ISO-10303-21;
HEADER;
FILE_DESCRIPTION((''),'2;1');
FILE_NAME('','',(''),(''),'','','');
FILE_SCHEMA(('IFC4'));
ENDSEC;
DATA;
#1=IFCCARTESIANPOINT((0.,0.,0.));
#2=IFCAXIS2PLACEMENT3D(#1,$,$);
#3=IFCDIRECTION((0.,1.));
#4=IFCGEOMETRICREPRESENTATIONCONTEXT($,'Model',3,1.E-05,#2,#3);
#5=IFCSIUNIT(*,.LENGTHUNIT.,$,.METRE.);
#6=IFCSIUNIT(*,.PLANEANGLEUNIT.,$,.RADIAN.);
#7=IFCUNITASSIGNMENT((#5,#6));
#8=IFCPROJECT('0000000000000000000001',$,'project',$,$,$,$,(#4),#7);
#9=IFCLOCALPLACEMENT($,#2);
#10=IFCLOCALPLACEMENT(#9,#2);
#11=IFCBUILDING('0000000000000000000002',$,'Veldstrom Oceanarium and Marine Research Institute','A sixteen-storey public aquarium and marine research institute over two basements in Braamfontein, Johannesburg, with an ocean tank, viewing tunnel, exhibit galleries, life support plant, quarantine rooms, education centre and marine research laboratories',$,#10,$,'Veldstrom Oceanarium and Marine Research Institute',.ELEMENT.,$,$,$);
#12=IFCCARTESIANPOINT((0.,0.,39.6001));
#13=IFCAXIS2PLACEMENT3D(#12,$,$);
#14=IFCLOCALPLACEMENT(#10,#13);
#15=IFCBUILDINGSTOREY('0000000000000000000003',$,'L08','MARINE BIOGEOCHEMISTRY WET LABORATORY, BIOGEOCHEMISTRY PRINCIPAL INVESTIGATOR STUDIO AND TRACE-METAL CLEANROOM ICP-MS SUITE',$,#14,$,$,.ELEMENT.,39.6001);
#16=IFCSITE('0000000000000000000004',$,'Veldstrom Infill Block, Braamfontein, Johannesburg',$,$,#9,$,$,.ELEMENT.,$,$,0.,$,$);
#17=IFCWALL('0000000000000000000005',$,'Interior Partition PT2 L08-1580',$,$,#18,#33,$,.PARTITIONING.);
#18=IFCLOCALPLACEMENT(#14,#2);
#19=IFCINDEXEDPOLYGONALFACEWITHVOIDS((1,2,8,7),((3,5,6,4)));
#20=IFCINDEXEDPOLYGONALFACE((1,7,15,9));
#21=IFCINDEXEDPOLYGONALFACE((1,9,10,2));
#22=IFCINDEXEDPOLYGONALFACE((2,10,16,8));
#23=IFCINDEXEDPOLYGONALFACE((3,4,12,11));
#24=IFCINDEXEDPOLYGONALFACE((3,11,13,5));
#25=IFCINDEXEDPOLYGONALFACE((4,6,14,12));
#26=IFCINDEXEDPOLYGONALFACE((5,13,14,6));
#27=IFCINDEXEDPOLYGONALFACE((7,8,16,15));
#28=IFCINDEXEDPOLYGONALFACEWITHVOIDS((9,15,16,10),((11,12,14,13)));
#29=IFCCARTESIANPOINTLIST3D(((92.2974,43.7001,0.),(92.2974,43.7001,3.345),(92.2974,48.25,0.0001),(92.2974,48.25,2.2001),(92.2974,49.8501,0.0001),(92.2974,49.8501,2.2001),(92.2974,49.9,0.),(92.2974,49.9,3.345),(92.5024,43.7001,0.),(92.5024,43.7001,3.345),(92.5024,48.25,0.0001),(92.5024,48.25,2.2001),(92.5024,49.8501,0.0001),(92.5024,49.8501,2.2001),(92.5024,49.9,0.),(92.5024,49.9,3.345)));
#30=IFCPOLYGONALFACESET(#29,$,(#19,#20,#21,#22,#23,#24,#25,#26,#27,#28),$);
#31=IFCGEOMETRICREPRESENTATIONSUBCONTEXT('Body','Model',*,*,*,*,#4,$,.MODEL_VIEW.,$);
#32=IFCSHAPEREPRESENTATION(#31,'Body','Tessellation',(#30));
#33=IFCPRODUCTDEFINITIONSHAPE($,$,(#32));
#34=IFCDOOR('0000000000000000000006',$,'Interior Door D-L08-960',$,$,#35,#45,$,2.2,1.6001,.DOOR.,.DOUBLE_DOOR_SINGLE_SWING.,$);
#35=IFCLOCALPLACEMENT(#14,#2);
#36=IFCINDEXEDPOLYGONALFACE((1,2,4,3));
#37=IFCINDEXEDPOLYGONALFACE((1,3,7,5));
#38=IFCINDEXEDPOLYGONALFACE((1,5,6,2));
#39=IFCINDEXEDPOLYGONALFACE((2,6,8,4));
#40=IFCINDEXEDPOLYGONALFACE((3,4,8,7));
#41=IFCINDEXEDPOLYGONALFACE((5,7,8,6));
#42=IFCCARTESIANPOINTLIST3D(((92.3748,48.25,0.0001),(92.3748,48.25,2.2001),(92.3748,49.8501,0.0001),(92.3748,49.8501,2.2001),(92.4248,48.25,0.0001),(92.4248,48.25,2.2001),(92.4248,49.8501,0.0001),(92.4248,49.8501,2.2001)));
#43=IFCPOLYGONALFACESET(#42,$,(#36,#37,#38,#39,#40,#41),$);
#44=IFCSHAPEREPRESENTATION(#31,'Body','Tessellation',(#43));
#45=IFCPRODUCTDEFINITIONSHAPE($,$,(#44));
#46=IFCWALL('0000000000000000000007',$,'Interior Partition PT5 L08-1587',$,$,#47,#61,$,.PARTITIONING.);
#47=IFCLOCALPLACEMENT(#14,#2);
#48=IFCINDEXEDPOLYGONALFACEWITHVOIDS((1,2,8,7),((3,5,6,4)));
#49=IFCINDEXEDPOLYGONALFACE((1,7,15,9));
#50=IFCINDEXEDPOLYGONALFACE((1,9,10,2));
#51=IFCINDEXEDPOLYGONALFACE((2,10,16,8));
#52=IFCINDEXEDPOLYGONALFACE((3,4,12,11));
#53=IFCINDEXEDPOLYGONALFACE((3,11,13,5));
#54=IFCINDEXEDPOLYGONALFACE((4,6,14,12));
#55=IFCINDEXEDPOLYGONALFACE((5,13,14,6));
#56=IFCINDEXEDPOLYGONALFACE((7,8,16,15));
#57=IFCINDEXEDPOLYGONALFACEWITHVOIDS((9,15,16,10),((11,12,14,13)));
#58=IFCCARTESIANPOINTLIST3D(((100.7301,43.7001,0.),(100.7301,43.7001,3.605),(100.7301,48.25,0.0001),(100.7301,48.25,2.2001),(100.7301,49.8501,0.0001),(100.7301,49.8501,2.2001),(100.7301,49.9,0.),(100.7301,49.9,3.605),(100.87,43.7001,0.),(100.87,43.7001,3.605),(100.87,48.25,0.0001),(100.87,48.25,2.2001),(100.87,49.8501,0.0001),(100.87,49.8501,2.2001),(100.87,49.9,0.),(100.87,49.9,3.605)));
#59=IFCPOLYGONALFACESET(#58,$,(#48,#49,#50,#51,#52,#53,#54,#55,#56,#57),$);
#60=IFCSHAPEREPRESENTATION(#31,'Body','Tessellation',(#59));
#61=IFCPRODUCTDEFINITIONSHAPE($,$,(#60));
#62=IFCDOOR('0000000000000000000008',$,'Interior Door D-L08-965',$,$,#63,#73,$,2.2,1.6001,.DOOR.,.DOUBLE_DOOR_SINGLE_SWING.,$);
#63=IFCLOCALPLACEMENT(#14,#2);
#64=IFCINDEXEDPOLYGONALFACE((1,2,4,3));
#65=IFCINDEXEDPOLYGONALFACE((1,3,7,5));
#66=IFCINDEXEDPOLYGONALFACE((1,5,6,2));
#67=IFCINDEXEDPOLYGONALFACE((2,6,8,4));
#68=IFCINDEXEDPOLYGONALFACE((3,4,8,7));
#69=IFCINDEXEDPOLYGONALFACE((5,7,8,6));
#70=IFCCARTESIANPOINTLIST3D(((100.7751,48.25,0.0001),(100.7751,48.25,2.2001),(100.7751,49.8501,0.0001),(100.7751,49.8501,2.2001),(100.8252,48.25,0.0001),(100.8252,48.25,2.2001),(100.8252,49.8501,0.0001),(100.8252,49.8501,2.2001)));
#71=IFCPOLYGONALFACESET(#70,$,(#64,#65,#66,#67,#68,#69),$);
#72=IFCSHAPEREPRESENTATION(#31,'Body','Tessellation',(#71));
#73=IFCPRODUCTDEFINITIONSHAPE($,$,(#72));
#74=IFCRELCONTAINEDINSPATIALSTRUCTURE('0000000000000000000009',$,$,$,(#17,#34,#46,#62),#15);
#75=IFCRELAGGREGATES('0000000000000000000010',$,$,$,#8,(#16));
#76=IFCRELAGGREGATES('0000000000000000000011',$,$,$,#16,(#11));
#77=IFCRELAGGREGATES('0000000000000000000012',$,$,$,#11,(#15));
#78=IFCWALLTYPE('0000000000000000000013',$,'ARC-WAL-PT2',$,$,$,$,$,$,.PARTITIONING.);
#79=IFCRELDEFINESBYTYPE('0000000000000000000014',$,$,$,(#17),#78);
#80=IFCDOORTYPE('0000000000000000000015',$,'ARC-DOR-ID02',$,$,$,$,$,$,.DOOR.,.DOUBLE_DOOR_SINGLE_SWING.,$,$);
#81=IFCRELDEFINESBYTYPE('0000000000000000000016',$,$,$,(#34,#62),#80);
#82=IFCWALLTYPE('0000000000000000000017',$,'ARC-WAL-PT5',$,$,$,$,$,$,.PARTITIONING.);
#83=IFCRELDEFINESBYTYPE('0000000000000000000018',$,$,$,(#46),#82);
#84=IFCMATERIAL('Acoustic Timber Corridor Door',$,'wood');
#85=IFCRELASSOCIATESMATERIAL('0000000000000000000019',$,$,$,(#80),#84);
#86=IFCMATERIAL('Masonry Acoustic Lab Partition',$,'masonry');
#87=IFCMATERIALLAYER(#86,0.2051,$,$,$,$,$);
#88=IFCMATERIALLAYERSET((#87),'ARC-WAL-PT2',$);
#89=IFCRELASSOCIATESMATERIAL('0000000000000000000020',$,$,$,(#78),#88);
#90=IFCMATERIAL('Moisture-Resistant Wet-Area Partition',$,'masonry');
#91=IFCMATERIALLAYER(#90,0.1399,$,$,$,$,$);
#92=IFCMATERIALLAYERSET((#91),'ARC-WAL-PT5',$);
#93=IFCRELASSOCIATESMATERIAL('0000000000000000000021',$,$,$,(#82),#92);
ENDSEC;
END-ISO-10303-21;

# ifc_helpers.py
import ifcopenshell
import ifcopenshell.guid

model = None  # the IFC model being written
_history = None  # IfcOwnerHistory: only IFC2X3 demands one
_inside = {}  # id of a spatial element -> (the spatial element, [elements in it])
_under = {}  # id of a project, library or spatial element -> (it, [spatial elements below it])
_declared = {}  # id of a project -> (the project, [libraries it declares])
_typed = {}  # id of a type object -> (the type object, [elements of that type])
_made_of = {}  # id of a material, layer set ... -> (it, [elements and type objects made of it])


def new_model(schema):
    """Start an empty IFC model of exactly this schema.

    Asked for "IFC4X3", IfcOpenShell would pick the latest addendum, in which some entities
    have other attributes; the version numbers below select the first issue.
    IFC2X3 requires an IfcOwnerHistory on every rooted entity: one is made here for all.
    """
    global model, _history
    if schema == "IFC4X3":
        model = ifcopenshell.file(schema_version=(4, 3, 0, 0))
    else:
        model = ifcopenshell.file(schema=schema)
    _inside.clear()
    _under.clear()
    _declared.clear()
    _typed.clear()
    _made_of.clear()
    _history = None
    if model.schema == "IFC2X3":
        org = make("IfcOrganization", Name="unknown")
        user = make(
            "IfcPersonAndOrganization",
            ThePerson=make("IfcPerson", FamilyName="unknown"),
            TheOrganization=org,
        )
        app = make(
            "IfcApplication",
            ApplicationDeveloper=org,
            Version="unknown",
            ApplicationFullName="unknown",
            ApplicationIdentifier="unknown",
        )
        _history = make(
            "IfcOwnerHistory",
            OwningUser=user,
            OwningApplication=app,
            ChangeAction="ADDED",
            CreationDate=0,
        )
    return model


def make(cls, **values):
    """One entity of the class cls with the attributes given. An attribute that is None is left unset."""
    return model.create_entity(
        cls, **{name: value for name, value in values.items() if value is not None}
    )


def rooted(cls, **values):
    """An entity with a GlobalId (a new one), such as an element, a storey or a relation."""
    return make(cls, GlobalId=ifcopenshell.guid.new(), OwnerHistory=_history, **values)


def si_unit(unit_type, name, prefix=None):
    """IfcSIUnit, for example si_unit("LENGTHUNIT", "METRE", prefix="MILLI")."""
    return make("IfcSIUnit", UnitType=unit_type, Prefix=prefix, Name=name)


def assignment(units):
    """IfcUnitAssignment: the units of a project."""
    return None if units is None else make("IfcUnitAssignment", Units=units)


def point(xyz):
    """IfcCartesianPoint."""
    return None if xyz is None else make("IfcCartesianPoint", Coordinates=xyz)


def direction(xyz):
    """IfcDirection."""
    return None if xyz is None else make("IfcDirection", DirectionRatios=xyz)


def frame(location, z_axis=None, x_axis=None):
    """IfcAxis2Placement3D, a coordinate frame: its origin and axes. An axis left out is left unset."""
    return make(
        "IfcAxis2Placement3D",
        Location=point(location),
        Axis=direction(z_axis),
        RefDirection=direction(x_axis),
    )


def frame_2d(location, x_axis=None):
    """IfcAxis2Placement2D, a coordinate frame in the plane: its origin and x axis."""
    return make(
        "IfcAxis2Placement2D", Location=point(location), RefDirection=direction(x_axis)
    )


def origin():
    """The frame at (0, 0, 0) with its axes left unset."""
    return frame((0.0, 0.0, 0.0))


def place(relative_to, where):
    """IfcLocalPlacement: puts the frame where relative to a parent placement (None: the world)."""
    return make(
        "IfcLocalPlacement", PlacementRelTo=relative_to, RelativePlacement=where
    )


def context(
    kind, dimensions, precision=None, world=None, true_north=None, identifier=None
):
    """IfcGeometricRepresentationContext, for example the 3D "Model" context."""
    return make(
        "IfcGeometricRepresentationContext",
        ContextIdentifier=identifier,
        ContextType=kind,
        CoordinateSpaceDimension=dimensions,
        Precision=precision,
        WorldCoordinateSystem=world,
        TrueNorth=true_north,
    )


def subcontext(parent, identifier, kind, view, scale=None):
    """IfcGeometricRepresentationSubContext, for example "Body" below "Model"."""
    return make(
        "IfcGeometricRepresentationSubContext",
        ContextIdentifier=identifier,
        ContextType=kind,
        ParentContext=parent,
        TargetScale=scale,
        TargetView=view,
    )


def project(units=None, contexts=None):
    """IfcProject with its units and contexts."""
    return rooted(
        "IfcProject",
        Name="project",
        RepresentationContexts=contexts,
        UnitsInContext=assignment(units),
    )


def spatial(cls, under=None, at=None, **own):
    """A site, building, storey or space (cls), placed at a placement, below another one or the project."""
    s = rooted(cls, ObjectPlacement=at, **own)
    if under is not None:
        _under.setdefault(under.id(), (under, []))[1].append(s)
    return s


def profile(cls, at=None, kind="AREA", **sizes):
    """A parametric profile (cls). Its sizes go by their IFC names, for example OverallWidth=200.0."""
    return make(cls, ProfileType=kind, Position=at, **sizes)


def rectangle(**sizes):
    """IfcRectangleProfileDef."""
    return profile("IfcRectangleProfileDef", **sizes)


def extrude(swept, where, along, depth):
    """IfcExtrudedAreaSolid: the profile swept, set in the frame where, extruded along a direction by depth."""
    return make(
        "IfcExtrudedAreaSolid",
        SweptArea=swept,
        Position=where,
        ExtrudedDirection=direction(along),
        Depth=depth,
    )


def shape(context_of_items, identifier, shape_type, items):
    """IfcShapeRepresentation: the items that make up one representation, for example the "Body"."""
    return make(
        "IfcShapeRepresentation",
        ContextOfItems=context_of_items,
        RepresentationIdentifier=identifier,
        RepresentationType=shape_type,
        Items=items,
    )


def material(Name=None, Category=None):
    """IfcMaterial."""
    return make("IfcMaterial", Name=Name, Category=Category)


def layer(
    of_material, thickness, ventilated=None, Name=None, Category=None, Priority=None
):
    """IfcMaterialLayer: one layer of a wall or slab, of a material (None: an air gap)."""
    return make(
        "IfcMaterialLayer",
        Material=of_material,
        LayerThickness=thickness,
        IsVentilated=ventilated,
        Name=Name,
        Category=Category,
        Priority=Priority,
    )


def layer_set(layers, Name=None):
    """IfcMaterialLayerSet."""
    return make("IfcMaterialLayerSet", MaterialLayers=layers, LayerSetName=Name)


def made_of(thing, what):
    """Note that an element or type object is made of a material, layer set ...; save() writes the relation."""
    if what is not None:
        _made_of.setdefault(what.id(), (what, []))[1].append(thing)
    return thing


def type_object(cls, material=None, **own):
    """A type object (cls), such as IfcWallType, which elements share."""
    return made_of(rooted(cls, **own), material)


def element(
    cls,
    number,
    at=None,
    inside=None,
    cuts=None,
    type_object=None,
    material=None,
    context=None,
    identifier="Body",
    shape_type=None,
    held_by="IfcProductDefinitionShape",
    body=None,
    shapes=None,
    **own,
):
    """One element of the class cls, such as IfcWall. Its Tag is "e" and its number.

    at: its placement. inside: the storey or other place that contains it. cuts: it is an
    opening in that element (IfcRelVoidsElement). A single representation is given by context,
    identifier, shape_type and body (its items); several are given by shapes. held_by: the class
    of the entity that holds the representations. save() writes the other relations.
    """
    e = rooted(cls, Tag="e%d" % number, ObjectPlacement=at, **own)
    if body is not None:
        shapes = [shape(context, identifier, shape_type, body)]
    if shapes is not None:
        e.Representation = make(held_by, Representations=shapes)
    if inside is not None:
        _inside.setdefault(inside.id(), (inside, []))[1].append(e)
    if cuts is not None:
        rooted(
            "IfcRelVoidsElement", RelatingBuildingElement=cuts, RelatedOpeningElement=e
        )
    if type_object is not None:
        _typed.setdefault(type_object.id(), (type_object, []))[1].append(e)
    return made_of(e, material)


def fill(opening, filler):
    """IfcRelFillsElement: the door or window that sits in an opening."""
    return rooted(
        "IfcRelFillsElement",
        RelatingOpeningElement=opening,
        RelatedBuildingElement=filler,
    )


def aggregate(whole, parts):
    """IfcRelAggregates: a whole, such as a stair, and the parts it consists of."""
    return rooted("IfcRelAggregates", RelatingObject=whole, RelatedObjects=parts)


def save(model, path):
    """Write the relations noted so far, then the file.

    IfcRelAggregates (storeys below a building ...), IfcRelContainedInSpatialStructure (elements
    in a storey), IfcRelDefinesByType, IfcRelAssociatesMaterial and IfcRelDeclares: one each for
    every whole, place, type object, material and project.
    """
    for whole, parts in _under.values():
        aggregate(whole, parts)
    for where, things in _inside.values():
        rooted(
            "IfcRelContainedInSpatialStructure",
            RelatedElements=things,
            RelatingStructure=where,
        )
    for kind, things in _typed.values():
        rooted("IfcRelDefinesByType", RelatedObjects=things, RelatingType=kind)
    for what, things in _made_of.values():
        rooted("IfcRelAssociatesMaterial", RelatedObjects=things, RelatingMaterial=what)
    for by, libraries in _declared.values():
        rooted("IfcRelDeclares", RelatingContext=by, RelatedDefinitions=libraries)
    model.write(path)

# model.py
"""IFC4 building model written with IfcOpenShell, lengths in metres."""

from ifc_helpers import new_model, si_unit, direction, frame, frame_2d, origin, place, context, subcontext, project, spatial, rectangle, extrude, material, layer, layer_set, type_object, element, fill, save


model = new_model("IFC4")

# Units and contexts
model_context = context("Model", 3, precision=1e-05, world=origin(), true_north=direction((0.0, 1.0)))
body_context = subcontext(model_context, "Body", "Model", "MODEL_VIEW")
ifc_project = project(units=[si_unit("LENGTHUNIT", "METRE"), si_unit("PLANEANGLEUNIT", "RADIAN")], contexts=[model_context])

# Site, building, storey
site_placement = place(None, origin())
site = spatial("IfcSite", under=ifc_project, at=site_placement, Name="Veldstrom Infill Block, Braamfontein, Johannesburg", CompositionType="ELEMENT", RefElevation=0.0)
building_placement = place(site_placement, origin())
building = spatial("IfcBuilding", under=site, at=building_placement, Name="Veldstrom Oceanarium and Marine Research Institute", Description="A sixteen-storey public aquarium and marine research institute over two basements in Braamfontein, Johannesburg, with an ocean tank, viewing tunnel, exhibit galleries, life support plant, quarantine rooms, education centre and marine research laboratories", LongName="Veldstrom Oceanarium and Marine Research Institute", CompositionType="ELEMENT")
storey_placement = place(building_placement, frame((0.0, 0.0, 39.6001)))
storey = spatial("IfcBuildingStorey", under=building, at=storey_placement, Name="L08", Description="MARINE BIOGEOCHEMISTRY WET LABORATORY, BIOGEOCHEMISTRY PRINCIPAL INVESTIGATOR STUDIO AND TRACE-METAL CLEANROOM ICP-MS SUITE", CompositionType="ELEMENT", Elevation=39.6001)

# Walls, openings, doors
ifc_material_1 = material(Name="Acoustic Timber Corridor Door", Category="wood")
door_type = type_object("IfcDoorType", Name="ARC-DOR-ID02", OperationType="DOUBLE_DOOR_SINGLE_SWING", PredefinedType="DOOR", material=ifc_material_1)
ifc_material_2 = material(Name="Masonry Acoustic Lab Partition", Category="masonry")
ifc_layer_1 = layer(ifc_material_2, 0.2051)
ifc_layer_set_1 = layer_set([ifc_layer_1], Name="ARC-WAL-PT2")
wall_type_1 = type_object("IfcWallType", Name="ARC-WAL-PT2", PredefinedType="PARTITIONING", material=ifc_layer_set_1)
wall_1_placement = place(storey_placement, frame((92.3999, 43.7, 0.0), z_axis=(0.0, 0.0, 1.0), x_axis=(0.0, 1.0, 0.0)))
wall_1 = element("IfcWall", 1, at=wall_1_placement, inside=storey, type_object=wall_type_1, Name="Interior Partition PT2 L08-1580", PredefinedType="PARTITIONING", context=body_context, shape_type="SweptSolid", body=[
    extrude(rectangle(XDim=6.2, YDim=0.2051, at=frame_2d((3.1001, 0.0))), origin(), (0.0, 0.0, 1.0), 3.345),
])
opening_1_placement = place(wall_1_placement, frame((4.55, 0.0, 0.0)))
opening_1 = element("IfcOpeningElement", 2, at=opening_1_placement, cuts=wall_1, PredefinedType="OPENING", context=body_context, shape_type="SweptSolid", body=[
    extrude(rectangle(XDim=1.6001, YDim=2.2, at=frame_2d((0.8, 1.1001))), frame((0.0, 0.1125, 0.0), z_axis=(0.0, -1.0, 0.0), x_axis=(1.0, 0.0, 0.0)), (0.0, 0.0, 1.0), 0.2251),
])
door_1_placement = place(opening_1_placement, frame((1.6001, 0.0, 0.0), z_axis=(0.0, 0.0, 1.0), x_axis=(-1.0, 0.0, 0.0)))
door_1 = element("IfcDoor", 3, at=door_1_placement, inside=storey, type_object=door_type, Name="Interior Door D-L08-960", OperationType="DOUBLE_DOOR_SINGLE_SWING", OverallHeight=2.2, OverallWidth=1.6001, PredefinedType="DOOR", context=body_context, shape_type="SweptSolid", body=[
    extrude(rectangle(XDim=1.6001, YDim=2.2, at=frame_2d((0.8, 1.1001))), frame((0.0, 0.0249, 0.0), z_axis=(0.0, -1.0, 0.0), x_axis=(1.0, 0.0, 0.0)), (0.0, 0.0, 1.0), 0.05),
])
fill(opening_1, door_1)
ifc_material_3 = material(Name="Moisture-Resistant Wet-Area Partition", Category="masonry")
ifc_layer_2 = layer(ifc_material_3, 0.1399)
ifc_layer_set_2 = layer_set([ifc_layer_2], Name="ARC-WAL-PT5")
wall_type_2 = type_object("IfcWallType", Name="ARC-WAL-PT5", PredefinedType="PARTITIONING", material=ifc_layer_set_2)
wall_2_placement = place(storey_placement, frame((100.8, 43.7, 0.0), z_axis=(0.0, 0.0, 1.0), x_axis=(0.0, 1.0, 0.0)))
wall_2 = element("IfcWall", 4, at=wall_2_placement, inside=storey, type_object=wall_type_2, Name="Interior Partition PT5 L08-1587", PredefinedType="PARTITIONING", context=body_context, shape_type="SweptSolid", body=[
    extrude(rectangle(XDim=6.2, YDim=0.1399, at=frame_2d((3.1001, 0.0))), origin(), (0.0, 0.0, 1.0), 3.605),
])
opening_2_placement = place(wall_2_placement, frame((4.55, 0.0, 0.0)))
opening_2 = element("IfcOpeningElement", 5, at=opening_2_placement, cuts=wall_2, PredefinedType="OPENING", context=body_context, shape_type="SweptSolid", body=[
    extrude(rectangle(XDim=1.6001, YDim=2.2, at=frame_2d((0.8, 1.1001))), frame((0.0, 0.0798, 0.0), z_axis=(0.0, -1.0, 0.0), x_axis=(1.0, 0.0, 0.0)), (0.0, 0.0, 1.0), 0.1599),
])
door_2_placement = place(opening_2_placement, origin())
door_2 = element("IfcDoor", 6, at=door_2_placement, inside=storey, type_object=door_type, Name="Interior Door D-L08-965", OperationType="DOUBLE_DOOR_SINGLE_SWING", OverallHeight=2.2, OverallWidth=1.6001, PredefinedType="DOOR", context=body_context, shape_type="SweptSolid", body=[
    extrude(rectangle(XDim=1.6001, YDim=2.2, at=frame_2d((0.8, 1.1001))), frame((0.0, 0.0249, 0.0), z_axis=(0.0, -1.0, 0.0), x_axis=(1.0, 0.0, 0.0)), (0.0, 0.0, 1.0), 0.05),
])
fill(opening_2, door_2)

save(model, "model.ifc")
